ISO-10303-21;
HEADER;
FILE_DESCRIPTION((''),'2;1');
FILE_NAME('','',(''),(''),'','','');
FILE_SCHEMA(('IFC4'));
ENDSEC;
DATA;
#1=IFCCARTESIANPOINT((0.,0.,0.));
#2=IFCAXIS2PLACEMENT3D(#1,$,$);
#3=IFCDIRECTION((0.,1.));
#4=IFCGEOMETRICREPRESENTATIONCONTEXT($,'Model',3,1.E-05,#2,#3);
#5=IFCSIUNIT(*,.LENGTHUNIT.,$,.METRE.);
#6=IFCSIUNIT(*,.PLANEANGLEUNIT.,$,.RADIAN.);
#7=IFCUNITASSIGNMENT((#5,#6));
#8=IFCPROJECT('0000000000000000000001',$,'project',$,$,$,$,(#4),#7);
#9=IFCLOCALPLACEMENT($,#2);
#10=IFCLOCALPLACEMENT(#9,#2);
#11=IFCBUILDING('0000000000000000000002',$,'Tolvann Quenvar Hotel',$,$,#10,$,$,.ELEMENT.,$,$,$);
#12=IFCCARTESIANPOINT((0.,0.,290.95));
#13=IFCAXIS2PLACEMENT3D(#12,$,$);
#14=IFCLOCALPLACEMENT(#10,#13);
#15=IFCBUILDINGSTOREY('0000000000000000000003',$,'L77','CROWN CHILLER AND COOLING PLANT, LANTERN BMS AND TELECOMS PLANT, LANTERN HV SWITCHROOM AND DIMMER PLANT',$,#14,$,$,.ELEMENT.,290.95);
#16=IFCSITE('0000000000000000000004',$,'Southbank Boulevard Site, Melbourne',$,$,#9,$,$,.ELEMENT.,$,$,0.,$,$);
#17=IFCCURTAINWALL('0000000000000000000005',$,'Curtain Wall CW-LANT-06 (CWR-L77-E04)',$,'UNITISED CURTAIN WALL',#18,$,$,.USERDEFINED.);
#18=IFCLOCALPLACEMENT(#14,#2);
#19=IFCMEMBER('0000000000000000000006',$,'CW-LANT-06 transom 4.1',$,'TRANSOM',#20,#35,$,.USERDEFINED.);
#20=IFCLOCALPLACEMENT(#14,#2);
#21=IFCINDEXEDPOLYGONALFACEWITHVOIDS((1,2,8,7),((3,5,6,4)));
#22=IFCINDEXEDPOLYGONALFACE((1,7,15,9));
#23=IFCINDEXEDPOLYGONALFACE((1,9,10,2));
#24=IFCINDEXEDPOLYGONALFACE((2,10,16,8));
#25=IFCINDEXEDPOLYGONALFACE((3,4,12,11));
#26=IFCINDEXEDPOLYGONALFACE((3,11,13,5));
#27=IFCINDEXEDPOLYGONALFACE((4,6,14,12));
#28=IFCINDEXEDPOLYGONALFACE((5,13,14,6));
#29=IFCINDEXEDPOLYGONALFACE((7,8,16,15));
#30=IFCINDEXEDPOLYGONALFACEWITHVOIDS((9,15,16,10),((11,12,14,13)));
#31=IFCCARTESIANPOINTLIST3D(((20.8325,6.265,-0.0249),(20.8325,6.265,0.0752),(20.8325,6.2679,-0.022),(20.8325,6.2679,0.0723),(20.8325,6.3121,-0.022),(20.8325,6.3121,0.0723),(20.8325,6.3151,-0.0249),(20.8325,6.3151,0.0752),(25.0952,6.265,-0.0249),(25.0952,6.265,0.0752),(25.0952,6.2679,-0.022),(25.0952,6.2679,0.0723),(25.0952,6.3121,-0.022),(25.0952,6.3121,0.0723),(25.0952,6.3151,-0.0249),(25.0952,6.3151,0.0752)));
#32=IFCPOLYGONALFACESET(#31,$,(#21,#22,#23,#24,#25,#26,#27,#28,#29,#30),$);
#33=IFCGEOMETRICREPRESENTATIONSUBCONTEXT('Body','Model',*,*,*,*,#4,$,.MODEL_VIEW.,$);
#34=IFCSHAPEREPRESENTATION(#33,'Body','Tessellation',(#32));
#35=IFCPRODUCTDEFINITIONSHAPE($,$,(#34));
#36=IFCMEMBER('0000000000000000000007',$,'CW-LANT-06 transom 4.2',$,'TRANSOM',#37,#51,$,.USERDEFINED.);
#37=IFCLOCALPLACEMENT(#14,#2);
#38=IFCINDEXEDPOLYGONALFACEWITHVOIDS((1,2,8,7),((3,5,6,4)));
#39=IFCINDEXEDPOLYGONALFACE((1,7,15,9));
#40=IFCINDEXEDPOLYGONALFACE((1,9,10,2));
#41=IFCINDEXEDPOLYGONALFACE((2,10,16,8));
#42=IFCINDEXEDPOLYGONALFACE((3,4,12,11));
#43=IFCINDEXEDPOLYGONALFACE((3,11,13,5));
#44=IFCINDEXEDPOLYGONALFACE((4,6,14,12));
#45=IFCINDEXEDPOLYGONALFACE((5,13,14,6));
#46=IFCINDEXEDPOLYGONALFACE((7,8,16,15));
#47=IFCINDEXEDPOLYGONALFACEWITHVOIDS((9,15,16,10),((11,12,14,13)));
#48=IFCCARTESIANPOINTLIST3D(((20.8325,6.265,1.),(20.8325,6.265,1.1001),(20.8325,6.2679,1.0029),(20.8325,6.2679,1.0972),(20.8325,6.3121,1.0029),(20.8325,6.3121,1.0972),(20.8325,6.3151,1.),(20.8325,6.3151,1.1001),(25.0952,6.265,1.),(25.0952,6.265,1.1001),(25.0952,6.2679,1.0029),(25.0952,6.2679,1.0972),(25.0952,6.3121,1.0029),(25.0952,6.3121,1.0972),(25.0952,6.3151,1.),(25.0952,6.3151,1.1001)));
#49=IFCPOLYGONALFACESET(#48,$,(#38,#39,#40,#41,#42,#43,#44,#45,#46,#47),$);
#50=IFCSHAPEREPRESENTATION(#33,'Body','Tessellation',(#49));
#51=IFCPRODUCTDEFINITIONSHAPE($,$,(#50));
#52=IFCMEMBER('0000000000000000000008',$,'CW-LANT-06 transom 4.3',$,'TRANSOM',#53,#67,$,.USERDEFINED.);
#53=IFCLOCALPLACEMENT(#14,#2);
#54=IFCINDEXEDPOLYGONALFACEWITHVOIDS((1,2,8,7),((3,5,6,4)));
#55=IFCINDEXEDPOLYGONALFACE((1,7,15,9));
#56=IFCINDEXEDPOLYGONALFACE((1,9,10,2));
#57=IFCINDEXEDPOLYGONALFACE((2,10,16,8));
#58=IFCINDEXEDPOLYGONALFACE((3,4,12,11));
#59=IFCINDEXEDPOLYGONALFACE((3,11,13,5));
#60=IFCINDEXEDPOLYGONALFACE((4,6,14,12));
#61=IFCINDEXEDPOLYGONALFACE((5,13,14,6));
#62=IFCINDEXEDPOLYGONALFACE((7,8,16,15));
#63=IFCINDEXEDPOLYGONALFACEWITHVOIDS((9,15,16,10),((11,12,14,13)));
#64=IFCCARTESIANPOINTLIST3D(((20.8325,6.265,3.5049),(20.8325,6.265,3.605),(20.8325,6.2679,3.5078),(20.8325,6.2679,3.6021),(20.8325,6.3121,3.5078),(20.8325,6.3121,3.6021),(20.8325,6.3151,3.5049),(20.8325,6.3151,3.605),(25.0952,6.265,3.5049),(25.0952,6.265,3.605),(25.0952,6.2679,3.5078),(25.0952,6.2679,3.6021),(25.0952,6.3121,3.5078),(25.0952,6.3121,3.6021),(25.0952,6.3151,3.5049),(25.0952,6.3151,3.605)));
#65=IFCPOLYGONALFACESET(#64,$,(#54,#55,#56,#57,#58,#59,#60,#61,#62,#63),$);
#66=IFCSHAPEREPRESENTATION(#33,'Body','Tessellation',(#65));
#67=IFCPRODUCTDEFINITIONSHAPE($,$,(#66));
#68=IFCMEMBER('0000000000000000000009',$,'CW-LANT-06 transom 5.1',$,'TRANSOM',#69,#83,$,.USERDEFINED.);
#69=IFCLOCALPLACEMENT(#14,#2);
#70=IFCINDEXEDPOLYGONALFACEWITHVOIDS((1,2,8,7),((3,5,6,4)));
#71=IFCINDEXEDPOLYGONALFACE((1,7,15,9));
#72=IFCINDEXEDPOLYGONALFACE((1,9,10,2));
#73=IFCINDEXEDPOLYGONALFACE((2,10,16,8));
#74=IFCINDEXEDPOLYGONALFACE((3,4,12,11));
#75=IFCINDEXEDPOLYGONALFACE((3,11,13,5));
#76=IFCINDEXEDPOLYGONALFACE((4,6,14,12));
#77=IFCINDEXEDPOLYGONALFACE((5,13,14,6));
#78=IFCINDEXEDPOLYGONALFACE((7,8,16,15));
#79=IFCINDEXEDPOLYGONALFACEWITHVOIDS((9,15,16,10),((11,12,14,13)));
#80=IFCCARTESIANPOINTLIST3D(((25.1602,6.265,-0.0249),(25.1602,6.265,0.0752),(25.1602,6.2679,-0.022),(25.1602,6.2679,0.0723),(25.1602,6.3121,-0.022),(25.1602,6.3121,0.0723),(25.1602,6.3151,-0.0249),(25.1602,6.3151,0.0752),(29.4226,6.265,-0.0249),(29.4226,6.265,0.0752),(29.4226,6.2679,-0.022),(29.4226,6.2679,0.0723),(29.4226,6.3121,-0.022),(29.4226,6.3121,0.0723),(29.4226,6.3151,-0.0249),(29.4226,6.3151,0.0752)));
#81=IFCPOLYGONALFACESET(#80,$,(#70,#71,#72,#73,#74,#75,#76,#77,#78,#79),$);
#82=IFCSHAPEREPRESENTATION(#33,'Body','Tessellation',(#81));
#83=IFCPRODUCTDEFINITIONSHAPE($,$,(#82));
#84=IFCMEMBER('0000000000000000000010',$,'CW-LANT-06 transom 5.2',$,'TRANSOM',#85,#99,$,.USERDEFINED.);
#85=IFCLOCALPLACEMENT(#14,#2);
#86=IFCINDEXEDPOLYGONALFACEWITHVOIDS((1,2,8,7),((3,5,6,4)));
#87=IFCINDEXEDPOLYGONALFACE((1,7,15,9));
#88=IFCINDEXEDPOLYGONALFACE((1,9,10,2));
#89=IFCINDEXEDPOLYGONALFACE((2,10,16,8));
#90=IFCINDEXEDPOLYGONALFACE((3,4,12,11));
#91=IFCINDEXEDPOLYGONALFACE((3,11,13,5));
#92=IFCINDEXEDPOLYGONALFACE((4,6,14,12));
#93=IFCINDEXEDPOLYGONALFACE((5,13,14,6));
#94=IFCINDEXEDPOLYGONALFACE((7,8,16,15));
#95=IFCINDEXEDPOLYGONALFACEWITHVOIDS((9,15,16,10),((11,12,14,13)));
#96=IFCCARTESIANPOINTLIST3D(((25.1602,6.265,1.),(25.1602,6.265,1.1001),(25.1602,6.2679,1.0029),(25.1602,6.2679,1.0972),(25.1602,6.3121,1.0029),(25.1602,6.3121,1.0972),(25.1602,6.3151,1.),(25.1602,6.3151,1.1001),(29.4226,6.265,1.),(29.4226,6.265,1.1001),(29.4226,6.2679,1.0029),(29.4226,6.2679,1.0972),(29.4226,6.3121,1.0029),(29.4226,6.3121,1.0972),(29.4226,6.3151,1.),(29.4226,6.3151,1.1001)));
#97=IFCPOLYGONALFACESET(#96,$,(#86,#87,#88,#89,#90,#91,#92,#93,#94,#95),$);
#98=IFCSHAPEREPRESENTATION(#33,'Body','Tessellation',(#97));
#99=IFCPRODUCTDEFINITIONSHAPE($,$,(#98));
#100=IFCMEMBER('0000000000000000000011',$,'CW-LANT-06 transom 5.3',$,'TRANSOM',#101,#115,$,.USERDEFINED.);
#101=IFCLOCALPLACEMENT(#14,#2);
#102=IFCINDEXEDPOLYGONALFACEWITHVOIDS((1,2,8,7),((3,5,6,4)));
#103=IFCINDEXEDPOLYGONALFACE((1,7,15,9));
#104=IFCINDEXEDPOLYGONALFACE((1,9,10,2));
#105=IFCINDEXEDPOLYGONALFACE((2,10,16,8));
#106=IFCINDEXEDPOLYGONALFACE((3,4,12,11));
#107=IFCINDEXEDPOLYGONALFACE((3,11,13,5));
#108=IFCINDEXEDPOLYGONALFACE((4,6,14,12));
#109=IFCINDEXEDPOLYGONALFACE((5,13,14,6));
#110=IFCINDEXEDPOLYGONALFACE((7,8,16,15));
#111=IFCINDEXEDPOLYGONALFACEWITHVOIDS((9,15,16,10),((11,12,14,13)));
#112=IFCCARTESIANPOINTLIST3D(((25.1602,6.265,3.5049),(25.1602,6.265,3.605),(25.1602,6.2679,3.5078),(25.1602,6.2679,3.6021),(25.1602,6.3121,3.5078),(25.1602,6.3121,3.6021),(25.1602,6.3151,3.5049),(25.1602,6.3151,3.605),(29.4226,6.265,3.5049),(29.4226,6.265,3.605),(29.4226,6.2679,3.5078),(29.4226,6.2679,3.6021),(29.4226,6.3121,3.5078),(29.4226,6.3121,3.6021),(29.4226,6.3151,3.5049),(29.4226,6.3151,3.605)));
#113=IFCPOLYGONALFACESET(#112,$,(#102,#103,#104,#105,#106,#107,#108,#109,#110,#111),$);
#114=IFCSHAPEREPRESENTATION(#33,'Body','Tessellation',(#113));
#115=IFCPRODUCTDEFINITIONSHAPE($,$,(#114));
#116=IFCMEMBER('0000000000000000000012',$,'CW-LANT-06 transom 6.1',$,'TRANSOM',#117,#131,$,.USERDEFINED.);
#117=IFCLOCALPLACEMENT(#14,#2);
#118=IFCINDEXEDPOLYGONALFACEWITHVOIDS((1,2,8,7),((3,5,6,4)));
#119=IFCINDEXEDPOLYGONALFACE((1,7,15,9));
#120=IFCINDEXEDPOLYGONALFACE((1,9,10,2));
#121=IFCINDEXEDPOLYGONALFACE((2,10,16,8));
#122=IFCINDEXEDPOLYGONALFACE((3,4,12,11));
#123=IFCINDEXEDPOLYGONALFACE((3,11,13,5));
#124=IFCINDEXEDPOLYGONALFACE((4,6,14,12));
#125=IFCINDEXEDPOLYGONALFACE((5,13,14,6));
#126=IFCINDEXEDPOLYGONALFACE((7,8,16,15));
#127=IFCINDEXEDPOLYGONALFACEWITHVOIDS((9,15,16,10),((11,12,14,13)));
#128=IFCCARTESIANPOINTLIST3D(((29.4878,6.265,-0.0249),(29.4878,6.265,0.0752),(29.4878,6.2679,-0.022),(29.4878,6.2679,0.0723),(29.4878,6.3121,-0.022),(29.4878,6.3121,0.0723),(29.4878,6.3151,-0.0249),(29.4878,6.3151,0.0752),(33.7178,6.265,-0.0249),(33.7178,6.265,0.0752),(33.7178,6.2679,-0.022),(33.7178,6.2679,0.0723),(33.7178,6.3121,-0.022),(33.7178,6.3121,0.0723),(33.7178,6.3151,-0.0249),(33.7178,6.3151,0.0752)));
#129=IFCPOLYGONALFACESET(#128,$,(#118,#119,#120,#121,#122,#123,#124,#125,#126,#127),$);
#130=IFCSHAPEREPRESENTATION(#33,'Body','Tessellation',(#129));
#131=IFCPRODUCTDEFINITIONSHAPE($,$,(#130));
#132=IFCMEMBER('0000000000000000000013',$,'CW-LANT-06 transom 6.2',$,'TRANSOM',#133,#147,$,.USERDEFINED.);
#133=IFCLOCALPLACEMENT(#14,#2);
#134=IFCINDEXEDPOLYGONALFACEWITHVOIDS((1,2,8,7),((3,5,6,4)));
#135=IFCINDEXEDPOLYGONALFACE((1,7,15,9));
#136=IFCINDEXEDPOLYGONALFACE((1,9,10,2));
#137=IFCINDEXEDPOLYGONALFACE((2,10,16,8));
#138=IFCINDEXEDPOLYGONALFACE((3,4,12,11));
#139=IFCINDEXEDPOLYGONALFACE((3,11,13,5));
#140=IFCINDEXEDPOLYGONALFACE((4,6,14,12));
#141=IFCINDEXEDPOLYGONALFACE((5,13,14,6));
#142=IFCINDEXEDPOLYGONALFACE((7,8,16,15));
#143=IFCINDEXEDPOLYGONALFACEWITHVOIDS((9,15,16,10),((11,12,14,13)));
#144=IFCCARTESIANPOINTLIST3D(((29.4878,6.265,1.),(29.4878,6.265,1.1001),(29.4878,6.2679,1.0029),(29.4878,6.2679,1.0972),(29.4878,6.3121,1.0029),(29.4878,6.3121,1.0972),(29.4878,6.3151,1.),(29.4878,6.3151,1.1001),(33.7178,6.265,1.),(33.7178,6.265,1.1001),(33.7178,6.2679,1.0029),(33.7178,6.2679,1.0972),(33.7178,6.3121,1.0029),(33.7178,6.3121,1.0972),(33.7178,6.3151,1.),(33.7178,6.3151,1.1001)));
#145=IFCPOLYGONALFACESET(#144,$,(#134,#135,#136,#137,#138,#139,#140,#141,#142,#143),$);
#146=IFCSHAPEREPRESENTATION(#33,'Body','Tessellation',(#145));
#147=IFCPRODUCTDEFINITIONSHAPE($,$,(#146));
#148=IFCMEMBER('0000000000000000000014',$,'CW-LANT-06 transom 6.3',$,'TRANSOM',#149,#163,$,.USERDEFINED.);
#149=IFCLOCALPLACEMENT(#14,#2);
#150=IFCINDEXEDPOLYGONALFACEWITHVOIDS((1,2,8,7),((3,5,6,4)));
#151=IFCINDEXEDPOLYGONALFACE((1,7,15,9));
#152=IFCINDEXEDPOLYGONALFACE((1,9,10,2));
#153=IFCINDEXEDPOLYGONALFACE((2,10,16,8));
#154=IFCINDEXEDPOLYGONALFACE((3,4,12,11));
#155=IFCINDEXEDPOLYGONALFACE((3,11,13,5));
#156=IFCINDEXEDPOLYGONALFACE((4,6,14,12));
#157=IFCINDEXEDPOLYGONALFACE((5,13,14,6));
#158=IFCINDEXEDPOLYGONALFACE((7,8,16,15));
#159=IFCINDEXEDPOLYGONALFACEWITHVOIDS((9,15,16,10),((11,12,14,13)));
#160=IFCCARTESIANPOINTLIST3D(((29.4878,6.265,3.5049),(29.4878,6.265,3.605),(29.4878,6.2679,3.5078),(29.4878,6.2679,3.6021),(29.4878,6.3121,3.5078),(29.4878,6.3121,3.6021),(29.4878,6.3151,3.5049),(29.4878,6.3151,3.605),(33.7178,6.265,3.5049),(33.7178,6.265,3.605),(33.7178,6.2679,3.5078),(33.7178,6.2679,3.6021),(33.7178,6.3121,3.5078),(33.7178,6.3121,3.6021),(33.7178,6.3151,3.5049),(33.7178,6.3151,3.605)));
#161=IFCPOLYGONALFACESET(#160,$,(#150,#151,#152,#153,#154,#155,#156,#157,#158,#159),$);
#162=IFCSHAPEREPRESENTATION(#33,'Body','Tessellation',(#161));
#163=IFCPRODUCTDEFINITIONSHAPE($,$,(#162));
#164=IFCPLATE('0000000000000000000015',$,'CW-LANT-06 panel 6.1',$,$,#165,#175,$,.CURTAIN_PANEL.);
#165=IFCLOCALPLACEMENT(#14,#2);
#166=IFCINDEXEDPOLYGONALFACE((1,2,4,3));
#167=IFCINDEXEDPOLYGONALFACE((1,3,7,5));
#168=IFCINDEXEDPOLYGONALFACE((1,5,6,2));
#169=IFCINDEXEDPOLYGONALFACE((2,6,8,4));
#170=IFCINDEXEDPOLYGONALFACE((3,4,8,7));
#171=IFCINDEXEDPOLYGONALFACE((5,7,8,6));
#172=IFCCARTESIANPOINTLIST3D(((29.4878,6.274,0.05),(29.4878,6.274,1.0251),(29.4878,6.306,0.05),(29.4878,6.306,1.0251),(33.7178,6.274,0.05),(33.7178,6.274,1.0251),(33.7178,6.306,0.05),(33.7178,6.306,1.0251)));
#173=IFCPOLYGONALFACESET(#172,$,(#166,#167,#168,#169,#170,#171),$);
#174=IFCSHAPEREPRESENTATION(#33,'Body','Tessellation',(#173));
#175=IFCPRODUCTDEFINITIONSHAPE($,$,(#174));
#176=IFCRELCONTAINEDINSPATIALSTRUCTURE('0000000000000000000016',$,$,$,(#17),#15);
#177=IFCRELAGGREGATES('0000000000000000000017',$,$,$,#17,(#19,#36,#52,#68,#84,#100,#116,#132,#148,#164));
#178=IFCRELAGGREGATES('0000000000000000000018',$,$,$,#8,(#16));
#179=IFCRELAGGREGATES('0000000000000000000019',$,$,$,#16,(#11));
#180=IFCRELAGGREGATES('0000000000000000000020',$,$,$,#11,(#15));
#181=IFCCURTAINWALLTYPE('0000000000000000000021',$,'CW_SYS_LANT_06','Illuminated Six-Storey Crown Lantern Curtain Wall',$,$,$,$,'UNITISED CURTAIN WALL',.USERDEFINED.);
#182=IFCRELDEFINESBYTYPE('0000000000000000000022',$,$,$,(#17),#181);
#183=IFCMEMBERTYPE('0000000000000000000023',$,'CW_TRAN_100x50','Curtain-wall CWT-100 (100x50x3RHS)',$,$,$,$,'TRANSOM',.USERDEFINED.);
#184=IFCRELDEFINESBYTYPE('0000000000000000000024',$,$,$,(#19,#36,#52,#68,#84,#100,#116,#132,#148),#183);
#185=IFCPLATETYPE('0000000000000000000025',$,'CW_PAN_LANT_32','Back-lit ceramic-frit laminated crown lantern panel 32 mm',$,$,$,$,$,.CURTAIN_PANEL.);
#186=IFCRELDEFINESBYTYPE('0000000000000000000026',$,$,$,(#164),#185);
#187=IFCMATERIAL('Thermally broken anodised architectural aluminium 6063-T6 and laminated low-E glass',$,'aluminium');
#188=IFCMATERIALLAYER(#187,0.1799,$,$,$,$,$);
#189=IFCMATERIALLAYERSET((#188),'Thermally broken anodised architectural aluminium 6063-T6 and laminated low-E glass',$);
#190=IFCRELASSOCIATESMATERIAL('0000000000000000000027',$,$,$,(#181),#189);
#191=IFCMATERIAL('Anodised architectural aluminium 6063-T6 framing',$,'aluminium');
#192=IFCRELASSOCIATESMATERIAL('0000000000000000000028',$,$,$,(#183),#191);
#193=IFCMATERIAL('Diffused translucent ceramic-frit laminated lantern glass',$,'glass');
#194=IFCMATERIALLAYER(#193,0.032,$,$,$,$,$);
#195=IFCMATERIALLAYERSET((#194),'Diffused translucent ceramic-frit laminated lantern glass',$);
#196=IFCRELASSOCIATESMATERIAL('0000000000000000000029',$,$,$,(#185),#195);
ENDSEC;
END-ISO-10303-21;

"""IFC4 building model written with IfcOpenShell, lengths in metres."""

from ifc_helpers import new_model, si_unit, direction, frame, origin, origin_2d, place, context, subcontext, project, spatial, rectangle, hollow_rectangle, extrude, source, transform, mapped, material, layer, layer_set, material_profile, profile_set, type_object, element, aggregate, save


model = new_model("IFC4")

# Units and contexts
model_context = context("Model", 3, precision=1e-05, world=origin(), true_north=direction((0.0, 1.0)))
body_context = subcontext(model_context, "Body", "Model", "MODEL_VIEW")
ifc_project = project(units=[si_unit("LENGTHUNIT", "METRE"), si_unit("PLANEANGLEUNIT", "RADIAN")], contexts=[model_context])

# Site, building, storey
site_placement = place(None, origin())
site = spatial("IfcSite", under=ifc_project, at=site_placement, Name="Southbank Boulevard Site, Melbourne", CompositionType="ELEMENT", RefElevation=0.0)
building_placement = place(site_placement, origin())
building = spatial("IfcBuilding", under=site, at=building_placement, Name="Tolvann Quenvar Hotel", CompositionType="ELEMENT")
storey_placement = place(building_placement, frame((0.0, 0.0, 290.95)))
storey = spatial("IfcBuildingStorey", under=building, at=storey_placement, Name="L77", Description="CROWN CHILLER AND COOLING PLANT, LANTERN BMS AND TELECOMS PLANT, LANTERN HV SWITCHROOM AND DIMMER PLANT", CompositionType="ELEMENT", Elevation=290.95)

# Curtain wall
ifc_material_1 = material(Name="Thermally broken anodised architectural aluminium 6063-T6 and laminated low-E glass", Category="aluminium")
ifc_layer_1 = layer(ifc_material_1, 0.1799)
ifc_layer_set_1 = layer_set([ifc_layer_1], Name="Thermally broken anodised architectural aluminium 6063-T6 and laminated low-E glass")
curtain_wall_type = type_object("IfcCurtainWallType", Name="CW_SYS_LANT_06", Description="Illuminated Six-Storey Crown Lantern Curtain Wall", ElementType="UNITISED CURTAIN WALL", PredefinedType="USERDEFINED", material=ifc_layer_set_1)
curtain_wall_1_placement = place(storey_placement, origin())
curtain_wall_1 = element("IfcCurtainWall", 1, at=curtain_wall_1_placement, inside=storey, type_object=curtain_wall_type, Name="Curtain Wall CW-LANT-06 (CWR-L77-E04)", ObjectType="UNITISED CURTAIN WALL", PredefinedType="USERDEFINED")
ifc_material_2 = material(Name="Anodised architectural aluminium 6063-T6 framing", Category="aluminium")
ifc_material_profile_1 = material_profile(ifc_material_2, hollow_rectangle(XDim=0.05, YDim=0.1001, WallThickness=0.0029, at=origin_2d()), Name="100x50x3RHS")
ifc_profile_set_1 = profile_set([ifc_material_profile_1], Name="Anodised architectural aluminium 6063-T6 framing")
member_type_1 = type_object("IfcMemberType", Name="CW_TRAN_100x50", Description="Curtain-wall CWT-100 (100x50x3RHS)", ElementType="TRANSOM", PredefinedType="USERDEFINED", material=ifc_profile_set_1)

# Members
shared_shape_1 = source(origin(), body_context, "Body", "SweptSolid", [
    extrude(hollow_rectangle(XDim=0.05, YDim=0.1001, WallThickness=0.0029, at=origin_2d()), origin(), (0.0, 0.0, 1.0), 4.2627),
])
member_1_placement = place(storey_placement, frame((20.8325, 6.29, 0.0251), z_axis=(1.0, 0.0, 0.0), x_axis=(0.0, 1.0, 0.0)))
member_1 = element("IfcMember", 2, at=member_1_placement, type_object=member_type_1, Name="CW-LANT-06 transom 4.1", ObjectType="TRANSOM", PredefinedType="USERDEFINED", context=body_context, shape_type="MappedRepresentation", body=[
    mapped(shared_shape_1, transform((0.0, 0.0, 0.0), x_axis=(1.0, 0.0, 0.0), y_axis=(0.0, 1.0, 0.0), z_axis=(0.0, 0.0, 1.0), scale=1.0)),
])
member_2_placement = place(storey_placement, frame((20.8325, 6.29, 1.05), z_axis=(1.0, 0.0, 0.0), x_axis=(0.0, 1.0, 0.0)))
member_2 = element("IfcMember", 3, at=member_2_placement, type_object=member_type_1, Name="CW-LANT-06 transom 4.2", ObjectType="TRANSOM", PredefinedType="USERDEFINED", context=body_context, shape_type="MappedRepresentation", body=[
    mapped(shared_shape_1, transform((0.0, 0.0, 0.0), x_axis=(1.0, 0.0, 0.0), y_axis=(0.0, 1.0, 0.0), z_axis=(0.0, 0.0, 1.0), scale=1.0)),
])
member_3_placement = place(storey_placement, frame((20.8325, 6.29, 3.5549), z_axis=(1.0, 0.0, 0.0), x_axis=(0.0, 1.0, 0.0)))
member_3 = element("IfcMember", 4, at=member_3_placement, type_object=member_type_1, Name="CW-LANT-06 transom 4.3", ObjectType="TRANSOM", PredefinedType="USERDEFINED", context=body_context, shape_type="MappedRepresentation", body=[
    mapped(shared_shape_1, transform((0.0, 0.0, 0.0), x_axis=(1.0, 0.0, 0.0), y_axis=(0.0, 1.0, 0.0), z_axis=(0.0, 0.0, 1.0), scale=1.0)),
])
shared_shape_2 = source(origin(), body_context, "Body", "SweptSolid", [
    extrude(hollow_rectangle(XDim=0.05, YDim=0.1001, WallThickness=0.0029, at=origin_2d()), origin(), (0.0, 0.0, 1.0), 4.2625),
])
member_4_placement = place(storey_placement, frame((25.1602, 6.29, 0.0251), z_axis=(1.0, 0.0, 0.0), x_axis=(0.0, 1.0, 0.0)))
member_4 = element("IfcMember", 5, at=member_4_placement, type_object=member_type_1, Name="CW-LANT-06 transom 5.1", ObjectType="TRANSOM", PredefinedType="USERDEFINED", context=body_context, shape_type="MappedRepresentation", body=[
    mapped(shared_shape_2, transform((0.0, 0.0, 0.0), x_axis=(1.0, 0.0, 0.0), y_axis=(0.0, 1.0, 0.0), z_axis=(0.0, 0.0, 1.0), scale=1.0)),
])
member_5_placement = place(storey_placement, frame((25.1602, 6.29, 1.05), z_axis=(1.0, 0.0, 0.0), x_axis=(0.0, 1.0, 0.0)))
member_5 = element("IfcMember", 6, at=member_5_placement, type_object=member_type_1, Name="CW-LANT-06 transom 5.2", ObjectType="TRANSOM", PredefinedType="USERDEFINED", context=body_context, shape_type="MappedRepresentation", body=[
    mapped(shared_shape_2, transform((0.0, 0.0, 0.0), x_axis=(1.0, 0.0, 0.0), y_axis=(0.0, 1.0, 0.0), z_axis=(0.0, 0.0, 1.0), scale=1.0)),
])
member_6_placement = place(storey_placement, frame((25.1602, 6.29, 3.5549), z_axis=(1.0, 0.0, 0.0), x_axis=(0.0, 1.0, 0.0)))
member_6 = element("IfcMember", 7, at=member_6_placement, type_object=member_type_1, Name="CW-LANT-06 transom 5.3", ObjectType="TRANSOM", PredefinedType="USERDEFINED", context=body_context, shape_type="MappedRepresentation", body=[
    mapped(shared_shape_2, transform((0.0, 0.0, 0.0), x_axis=(1.0, 0.0, 0.0), y_axis=(0.0, 1.0, 0.0), z_axis=(0.0, 0.0, 1.0), scale=1.0)),
])
shared_shape_3 = source(origin(), body_context, "Body", "SweptSolid", [
    extrude(hollow_rectangle(XDim=0.05, YDim=0.1001, WallThickness=0.0029, at=origin_2d()), origin(), (0.0, 0.0, 1.0), 4.23),
])
member_7_placement = place(storey_placement, frame((29.4878, 6.29, 0.0251), z_axis=(1.0, 0.0, 0.0), x_axis=(0.0, 1.0, 0.0)))
member_7 = element("IfcMember", 8, at=member_7_placement, type_object=member_type_1, Name="CW-LANT-06 transom 6.1", ObjectType="TRANSOM", PredefinedType="USERDEFINED", context=body_context, shape_type="MappedRepresentation", body=[
    mapped(shared_shape_3, transform((0.0, 0.0, 0.0), x_axis=(1.0, 0.0, 0.0), y_axis=(0.0, 1.0, 0.0), z_axis=(0.0, 0.0, 1.0), scale=1.0)),
])
member_8_placement = place(storey_placement, frame((29.4878, 6.29, 1.05), z_axis=(1.0, 0.0, 0.0), x_axis=(0.0, 1.0, 0.0)))
member_8 = element("IfcMember", 9, at=member_8_placement, type_object=member_type_1, Name="CW-LANT-06 transom 6.2", ObjectType="TRANSOM", PredefinedType="USERDEFINED", context=body_context, shape_type="MappedRepresentation", body=[
    mapped(shared_shape_3, transform((0.0, 0.0, 0.0), x_axis=(1.0, 0.0, 0.0), y_axis=(0.0, 1.0, 0.0), z_axis=(0.0, 0.0, 1.0), scale=1.0)),
])
member_9_placement = place(storey_placement, frame((29.4878, 6.29, 3.5549), z_axis=(1.0, 0.0, 0.0), x_axis=(0.0, 1.0, 0.0)))
member_9 = element("IfcMember", 10, at=member_9_placement, type_object=member_type_1, Name="CW-LANT-06 transom 6.3", ObjectType="TRANSOM", PredefinedType="USERDEFINED", context=body_context, shape_type="MappedRepresentation", body=[
    mapped(shared_shape_3, transform((0.0, 0.0, 0.0), x_axis=(1.0, 0.0, 0.0), y_axis=(0.0, 1.0, 0.0), z_axis=(0.0, 0.0, 1.0), scale=1.0)),
])

# Plate
ifc_material_3 = material(Name="Diffused translucent ceramic-frit laminated lantern glass", Category="glass")
ifc_layer_2 = layer(ifc_material_3, 0.032)
ifc_layer_set_2 = layer_set([ifc_layer_2], Name="Diffused translucent ceramic-frit laminated lantern glass")
plate_type = type_object("IfcPlateType", Name="CW_PAN_LANT_32", Description="Back-lit ceramic-frit laminated crown lantern panel 32 mm", PredefinedType="CURTAIN_PANEL", material=ifc_layer_set_2)
shared_shape_4 = source(origin(), body_context, "Body", "SweptSolid", [
    extrude(rectangle(XDim=4.23, YDim=0.032, at=origin_2d()), origin(), (0.0, 0.0, 1.0), 0.9751),
])
plate_1_placement = place(storey_placement, frame((31.6028, 6.29, 0.05), z_axis=(0.0, 0.0, 1.0), x_axis=(1.0, 0.0, 0.0)))
plate_1 = element("IfcPlate", 11, at=plate_1_placement, type_object=plate_type, Name="CW-LANT-06 panel 6.1", PredefinedType="CURTAIN_PANEL", context=body_context, shape_type="MappedRepresentation", body=[
    mapped(shared_shape_4, transform((0.0, 0.0, 0.0), x_axis=(1.0, 0.0, 0.0), y_axis=(0.0, 1.0, 0.0), z_axis=(0.0, 0.0, 1.0), scale=1.0)),
])
aggregate(curtain_wall_1, [member_1, member_2, member_3, member_4, member_5, member_6, member_7, member_8, member_9, plate_1])

save(model, "model.ifc")
